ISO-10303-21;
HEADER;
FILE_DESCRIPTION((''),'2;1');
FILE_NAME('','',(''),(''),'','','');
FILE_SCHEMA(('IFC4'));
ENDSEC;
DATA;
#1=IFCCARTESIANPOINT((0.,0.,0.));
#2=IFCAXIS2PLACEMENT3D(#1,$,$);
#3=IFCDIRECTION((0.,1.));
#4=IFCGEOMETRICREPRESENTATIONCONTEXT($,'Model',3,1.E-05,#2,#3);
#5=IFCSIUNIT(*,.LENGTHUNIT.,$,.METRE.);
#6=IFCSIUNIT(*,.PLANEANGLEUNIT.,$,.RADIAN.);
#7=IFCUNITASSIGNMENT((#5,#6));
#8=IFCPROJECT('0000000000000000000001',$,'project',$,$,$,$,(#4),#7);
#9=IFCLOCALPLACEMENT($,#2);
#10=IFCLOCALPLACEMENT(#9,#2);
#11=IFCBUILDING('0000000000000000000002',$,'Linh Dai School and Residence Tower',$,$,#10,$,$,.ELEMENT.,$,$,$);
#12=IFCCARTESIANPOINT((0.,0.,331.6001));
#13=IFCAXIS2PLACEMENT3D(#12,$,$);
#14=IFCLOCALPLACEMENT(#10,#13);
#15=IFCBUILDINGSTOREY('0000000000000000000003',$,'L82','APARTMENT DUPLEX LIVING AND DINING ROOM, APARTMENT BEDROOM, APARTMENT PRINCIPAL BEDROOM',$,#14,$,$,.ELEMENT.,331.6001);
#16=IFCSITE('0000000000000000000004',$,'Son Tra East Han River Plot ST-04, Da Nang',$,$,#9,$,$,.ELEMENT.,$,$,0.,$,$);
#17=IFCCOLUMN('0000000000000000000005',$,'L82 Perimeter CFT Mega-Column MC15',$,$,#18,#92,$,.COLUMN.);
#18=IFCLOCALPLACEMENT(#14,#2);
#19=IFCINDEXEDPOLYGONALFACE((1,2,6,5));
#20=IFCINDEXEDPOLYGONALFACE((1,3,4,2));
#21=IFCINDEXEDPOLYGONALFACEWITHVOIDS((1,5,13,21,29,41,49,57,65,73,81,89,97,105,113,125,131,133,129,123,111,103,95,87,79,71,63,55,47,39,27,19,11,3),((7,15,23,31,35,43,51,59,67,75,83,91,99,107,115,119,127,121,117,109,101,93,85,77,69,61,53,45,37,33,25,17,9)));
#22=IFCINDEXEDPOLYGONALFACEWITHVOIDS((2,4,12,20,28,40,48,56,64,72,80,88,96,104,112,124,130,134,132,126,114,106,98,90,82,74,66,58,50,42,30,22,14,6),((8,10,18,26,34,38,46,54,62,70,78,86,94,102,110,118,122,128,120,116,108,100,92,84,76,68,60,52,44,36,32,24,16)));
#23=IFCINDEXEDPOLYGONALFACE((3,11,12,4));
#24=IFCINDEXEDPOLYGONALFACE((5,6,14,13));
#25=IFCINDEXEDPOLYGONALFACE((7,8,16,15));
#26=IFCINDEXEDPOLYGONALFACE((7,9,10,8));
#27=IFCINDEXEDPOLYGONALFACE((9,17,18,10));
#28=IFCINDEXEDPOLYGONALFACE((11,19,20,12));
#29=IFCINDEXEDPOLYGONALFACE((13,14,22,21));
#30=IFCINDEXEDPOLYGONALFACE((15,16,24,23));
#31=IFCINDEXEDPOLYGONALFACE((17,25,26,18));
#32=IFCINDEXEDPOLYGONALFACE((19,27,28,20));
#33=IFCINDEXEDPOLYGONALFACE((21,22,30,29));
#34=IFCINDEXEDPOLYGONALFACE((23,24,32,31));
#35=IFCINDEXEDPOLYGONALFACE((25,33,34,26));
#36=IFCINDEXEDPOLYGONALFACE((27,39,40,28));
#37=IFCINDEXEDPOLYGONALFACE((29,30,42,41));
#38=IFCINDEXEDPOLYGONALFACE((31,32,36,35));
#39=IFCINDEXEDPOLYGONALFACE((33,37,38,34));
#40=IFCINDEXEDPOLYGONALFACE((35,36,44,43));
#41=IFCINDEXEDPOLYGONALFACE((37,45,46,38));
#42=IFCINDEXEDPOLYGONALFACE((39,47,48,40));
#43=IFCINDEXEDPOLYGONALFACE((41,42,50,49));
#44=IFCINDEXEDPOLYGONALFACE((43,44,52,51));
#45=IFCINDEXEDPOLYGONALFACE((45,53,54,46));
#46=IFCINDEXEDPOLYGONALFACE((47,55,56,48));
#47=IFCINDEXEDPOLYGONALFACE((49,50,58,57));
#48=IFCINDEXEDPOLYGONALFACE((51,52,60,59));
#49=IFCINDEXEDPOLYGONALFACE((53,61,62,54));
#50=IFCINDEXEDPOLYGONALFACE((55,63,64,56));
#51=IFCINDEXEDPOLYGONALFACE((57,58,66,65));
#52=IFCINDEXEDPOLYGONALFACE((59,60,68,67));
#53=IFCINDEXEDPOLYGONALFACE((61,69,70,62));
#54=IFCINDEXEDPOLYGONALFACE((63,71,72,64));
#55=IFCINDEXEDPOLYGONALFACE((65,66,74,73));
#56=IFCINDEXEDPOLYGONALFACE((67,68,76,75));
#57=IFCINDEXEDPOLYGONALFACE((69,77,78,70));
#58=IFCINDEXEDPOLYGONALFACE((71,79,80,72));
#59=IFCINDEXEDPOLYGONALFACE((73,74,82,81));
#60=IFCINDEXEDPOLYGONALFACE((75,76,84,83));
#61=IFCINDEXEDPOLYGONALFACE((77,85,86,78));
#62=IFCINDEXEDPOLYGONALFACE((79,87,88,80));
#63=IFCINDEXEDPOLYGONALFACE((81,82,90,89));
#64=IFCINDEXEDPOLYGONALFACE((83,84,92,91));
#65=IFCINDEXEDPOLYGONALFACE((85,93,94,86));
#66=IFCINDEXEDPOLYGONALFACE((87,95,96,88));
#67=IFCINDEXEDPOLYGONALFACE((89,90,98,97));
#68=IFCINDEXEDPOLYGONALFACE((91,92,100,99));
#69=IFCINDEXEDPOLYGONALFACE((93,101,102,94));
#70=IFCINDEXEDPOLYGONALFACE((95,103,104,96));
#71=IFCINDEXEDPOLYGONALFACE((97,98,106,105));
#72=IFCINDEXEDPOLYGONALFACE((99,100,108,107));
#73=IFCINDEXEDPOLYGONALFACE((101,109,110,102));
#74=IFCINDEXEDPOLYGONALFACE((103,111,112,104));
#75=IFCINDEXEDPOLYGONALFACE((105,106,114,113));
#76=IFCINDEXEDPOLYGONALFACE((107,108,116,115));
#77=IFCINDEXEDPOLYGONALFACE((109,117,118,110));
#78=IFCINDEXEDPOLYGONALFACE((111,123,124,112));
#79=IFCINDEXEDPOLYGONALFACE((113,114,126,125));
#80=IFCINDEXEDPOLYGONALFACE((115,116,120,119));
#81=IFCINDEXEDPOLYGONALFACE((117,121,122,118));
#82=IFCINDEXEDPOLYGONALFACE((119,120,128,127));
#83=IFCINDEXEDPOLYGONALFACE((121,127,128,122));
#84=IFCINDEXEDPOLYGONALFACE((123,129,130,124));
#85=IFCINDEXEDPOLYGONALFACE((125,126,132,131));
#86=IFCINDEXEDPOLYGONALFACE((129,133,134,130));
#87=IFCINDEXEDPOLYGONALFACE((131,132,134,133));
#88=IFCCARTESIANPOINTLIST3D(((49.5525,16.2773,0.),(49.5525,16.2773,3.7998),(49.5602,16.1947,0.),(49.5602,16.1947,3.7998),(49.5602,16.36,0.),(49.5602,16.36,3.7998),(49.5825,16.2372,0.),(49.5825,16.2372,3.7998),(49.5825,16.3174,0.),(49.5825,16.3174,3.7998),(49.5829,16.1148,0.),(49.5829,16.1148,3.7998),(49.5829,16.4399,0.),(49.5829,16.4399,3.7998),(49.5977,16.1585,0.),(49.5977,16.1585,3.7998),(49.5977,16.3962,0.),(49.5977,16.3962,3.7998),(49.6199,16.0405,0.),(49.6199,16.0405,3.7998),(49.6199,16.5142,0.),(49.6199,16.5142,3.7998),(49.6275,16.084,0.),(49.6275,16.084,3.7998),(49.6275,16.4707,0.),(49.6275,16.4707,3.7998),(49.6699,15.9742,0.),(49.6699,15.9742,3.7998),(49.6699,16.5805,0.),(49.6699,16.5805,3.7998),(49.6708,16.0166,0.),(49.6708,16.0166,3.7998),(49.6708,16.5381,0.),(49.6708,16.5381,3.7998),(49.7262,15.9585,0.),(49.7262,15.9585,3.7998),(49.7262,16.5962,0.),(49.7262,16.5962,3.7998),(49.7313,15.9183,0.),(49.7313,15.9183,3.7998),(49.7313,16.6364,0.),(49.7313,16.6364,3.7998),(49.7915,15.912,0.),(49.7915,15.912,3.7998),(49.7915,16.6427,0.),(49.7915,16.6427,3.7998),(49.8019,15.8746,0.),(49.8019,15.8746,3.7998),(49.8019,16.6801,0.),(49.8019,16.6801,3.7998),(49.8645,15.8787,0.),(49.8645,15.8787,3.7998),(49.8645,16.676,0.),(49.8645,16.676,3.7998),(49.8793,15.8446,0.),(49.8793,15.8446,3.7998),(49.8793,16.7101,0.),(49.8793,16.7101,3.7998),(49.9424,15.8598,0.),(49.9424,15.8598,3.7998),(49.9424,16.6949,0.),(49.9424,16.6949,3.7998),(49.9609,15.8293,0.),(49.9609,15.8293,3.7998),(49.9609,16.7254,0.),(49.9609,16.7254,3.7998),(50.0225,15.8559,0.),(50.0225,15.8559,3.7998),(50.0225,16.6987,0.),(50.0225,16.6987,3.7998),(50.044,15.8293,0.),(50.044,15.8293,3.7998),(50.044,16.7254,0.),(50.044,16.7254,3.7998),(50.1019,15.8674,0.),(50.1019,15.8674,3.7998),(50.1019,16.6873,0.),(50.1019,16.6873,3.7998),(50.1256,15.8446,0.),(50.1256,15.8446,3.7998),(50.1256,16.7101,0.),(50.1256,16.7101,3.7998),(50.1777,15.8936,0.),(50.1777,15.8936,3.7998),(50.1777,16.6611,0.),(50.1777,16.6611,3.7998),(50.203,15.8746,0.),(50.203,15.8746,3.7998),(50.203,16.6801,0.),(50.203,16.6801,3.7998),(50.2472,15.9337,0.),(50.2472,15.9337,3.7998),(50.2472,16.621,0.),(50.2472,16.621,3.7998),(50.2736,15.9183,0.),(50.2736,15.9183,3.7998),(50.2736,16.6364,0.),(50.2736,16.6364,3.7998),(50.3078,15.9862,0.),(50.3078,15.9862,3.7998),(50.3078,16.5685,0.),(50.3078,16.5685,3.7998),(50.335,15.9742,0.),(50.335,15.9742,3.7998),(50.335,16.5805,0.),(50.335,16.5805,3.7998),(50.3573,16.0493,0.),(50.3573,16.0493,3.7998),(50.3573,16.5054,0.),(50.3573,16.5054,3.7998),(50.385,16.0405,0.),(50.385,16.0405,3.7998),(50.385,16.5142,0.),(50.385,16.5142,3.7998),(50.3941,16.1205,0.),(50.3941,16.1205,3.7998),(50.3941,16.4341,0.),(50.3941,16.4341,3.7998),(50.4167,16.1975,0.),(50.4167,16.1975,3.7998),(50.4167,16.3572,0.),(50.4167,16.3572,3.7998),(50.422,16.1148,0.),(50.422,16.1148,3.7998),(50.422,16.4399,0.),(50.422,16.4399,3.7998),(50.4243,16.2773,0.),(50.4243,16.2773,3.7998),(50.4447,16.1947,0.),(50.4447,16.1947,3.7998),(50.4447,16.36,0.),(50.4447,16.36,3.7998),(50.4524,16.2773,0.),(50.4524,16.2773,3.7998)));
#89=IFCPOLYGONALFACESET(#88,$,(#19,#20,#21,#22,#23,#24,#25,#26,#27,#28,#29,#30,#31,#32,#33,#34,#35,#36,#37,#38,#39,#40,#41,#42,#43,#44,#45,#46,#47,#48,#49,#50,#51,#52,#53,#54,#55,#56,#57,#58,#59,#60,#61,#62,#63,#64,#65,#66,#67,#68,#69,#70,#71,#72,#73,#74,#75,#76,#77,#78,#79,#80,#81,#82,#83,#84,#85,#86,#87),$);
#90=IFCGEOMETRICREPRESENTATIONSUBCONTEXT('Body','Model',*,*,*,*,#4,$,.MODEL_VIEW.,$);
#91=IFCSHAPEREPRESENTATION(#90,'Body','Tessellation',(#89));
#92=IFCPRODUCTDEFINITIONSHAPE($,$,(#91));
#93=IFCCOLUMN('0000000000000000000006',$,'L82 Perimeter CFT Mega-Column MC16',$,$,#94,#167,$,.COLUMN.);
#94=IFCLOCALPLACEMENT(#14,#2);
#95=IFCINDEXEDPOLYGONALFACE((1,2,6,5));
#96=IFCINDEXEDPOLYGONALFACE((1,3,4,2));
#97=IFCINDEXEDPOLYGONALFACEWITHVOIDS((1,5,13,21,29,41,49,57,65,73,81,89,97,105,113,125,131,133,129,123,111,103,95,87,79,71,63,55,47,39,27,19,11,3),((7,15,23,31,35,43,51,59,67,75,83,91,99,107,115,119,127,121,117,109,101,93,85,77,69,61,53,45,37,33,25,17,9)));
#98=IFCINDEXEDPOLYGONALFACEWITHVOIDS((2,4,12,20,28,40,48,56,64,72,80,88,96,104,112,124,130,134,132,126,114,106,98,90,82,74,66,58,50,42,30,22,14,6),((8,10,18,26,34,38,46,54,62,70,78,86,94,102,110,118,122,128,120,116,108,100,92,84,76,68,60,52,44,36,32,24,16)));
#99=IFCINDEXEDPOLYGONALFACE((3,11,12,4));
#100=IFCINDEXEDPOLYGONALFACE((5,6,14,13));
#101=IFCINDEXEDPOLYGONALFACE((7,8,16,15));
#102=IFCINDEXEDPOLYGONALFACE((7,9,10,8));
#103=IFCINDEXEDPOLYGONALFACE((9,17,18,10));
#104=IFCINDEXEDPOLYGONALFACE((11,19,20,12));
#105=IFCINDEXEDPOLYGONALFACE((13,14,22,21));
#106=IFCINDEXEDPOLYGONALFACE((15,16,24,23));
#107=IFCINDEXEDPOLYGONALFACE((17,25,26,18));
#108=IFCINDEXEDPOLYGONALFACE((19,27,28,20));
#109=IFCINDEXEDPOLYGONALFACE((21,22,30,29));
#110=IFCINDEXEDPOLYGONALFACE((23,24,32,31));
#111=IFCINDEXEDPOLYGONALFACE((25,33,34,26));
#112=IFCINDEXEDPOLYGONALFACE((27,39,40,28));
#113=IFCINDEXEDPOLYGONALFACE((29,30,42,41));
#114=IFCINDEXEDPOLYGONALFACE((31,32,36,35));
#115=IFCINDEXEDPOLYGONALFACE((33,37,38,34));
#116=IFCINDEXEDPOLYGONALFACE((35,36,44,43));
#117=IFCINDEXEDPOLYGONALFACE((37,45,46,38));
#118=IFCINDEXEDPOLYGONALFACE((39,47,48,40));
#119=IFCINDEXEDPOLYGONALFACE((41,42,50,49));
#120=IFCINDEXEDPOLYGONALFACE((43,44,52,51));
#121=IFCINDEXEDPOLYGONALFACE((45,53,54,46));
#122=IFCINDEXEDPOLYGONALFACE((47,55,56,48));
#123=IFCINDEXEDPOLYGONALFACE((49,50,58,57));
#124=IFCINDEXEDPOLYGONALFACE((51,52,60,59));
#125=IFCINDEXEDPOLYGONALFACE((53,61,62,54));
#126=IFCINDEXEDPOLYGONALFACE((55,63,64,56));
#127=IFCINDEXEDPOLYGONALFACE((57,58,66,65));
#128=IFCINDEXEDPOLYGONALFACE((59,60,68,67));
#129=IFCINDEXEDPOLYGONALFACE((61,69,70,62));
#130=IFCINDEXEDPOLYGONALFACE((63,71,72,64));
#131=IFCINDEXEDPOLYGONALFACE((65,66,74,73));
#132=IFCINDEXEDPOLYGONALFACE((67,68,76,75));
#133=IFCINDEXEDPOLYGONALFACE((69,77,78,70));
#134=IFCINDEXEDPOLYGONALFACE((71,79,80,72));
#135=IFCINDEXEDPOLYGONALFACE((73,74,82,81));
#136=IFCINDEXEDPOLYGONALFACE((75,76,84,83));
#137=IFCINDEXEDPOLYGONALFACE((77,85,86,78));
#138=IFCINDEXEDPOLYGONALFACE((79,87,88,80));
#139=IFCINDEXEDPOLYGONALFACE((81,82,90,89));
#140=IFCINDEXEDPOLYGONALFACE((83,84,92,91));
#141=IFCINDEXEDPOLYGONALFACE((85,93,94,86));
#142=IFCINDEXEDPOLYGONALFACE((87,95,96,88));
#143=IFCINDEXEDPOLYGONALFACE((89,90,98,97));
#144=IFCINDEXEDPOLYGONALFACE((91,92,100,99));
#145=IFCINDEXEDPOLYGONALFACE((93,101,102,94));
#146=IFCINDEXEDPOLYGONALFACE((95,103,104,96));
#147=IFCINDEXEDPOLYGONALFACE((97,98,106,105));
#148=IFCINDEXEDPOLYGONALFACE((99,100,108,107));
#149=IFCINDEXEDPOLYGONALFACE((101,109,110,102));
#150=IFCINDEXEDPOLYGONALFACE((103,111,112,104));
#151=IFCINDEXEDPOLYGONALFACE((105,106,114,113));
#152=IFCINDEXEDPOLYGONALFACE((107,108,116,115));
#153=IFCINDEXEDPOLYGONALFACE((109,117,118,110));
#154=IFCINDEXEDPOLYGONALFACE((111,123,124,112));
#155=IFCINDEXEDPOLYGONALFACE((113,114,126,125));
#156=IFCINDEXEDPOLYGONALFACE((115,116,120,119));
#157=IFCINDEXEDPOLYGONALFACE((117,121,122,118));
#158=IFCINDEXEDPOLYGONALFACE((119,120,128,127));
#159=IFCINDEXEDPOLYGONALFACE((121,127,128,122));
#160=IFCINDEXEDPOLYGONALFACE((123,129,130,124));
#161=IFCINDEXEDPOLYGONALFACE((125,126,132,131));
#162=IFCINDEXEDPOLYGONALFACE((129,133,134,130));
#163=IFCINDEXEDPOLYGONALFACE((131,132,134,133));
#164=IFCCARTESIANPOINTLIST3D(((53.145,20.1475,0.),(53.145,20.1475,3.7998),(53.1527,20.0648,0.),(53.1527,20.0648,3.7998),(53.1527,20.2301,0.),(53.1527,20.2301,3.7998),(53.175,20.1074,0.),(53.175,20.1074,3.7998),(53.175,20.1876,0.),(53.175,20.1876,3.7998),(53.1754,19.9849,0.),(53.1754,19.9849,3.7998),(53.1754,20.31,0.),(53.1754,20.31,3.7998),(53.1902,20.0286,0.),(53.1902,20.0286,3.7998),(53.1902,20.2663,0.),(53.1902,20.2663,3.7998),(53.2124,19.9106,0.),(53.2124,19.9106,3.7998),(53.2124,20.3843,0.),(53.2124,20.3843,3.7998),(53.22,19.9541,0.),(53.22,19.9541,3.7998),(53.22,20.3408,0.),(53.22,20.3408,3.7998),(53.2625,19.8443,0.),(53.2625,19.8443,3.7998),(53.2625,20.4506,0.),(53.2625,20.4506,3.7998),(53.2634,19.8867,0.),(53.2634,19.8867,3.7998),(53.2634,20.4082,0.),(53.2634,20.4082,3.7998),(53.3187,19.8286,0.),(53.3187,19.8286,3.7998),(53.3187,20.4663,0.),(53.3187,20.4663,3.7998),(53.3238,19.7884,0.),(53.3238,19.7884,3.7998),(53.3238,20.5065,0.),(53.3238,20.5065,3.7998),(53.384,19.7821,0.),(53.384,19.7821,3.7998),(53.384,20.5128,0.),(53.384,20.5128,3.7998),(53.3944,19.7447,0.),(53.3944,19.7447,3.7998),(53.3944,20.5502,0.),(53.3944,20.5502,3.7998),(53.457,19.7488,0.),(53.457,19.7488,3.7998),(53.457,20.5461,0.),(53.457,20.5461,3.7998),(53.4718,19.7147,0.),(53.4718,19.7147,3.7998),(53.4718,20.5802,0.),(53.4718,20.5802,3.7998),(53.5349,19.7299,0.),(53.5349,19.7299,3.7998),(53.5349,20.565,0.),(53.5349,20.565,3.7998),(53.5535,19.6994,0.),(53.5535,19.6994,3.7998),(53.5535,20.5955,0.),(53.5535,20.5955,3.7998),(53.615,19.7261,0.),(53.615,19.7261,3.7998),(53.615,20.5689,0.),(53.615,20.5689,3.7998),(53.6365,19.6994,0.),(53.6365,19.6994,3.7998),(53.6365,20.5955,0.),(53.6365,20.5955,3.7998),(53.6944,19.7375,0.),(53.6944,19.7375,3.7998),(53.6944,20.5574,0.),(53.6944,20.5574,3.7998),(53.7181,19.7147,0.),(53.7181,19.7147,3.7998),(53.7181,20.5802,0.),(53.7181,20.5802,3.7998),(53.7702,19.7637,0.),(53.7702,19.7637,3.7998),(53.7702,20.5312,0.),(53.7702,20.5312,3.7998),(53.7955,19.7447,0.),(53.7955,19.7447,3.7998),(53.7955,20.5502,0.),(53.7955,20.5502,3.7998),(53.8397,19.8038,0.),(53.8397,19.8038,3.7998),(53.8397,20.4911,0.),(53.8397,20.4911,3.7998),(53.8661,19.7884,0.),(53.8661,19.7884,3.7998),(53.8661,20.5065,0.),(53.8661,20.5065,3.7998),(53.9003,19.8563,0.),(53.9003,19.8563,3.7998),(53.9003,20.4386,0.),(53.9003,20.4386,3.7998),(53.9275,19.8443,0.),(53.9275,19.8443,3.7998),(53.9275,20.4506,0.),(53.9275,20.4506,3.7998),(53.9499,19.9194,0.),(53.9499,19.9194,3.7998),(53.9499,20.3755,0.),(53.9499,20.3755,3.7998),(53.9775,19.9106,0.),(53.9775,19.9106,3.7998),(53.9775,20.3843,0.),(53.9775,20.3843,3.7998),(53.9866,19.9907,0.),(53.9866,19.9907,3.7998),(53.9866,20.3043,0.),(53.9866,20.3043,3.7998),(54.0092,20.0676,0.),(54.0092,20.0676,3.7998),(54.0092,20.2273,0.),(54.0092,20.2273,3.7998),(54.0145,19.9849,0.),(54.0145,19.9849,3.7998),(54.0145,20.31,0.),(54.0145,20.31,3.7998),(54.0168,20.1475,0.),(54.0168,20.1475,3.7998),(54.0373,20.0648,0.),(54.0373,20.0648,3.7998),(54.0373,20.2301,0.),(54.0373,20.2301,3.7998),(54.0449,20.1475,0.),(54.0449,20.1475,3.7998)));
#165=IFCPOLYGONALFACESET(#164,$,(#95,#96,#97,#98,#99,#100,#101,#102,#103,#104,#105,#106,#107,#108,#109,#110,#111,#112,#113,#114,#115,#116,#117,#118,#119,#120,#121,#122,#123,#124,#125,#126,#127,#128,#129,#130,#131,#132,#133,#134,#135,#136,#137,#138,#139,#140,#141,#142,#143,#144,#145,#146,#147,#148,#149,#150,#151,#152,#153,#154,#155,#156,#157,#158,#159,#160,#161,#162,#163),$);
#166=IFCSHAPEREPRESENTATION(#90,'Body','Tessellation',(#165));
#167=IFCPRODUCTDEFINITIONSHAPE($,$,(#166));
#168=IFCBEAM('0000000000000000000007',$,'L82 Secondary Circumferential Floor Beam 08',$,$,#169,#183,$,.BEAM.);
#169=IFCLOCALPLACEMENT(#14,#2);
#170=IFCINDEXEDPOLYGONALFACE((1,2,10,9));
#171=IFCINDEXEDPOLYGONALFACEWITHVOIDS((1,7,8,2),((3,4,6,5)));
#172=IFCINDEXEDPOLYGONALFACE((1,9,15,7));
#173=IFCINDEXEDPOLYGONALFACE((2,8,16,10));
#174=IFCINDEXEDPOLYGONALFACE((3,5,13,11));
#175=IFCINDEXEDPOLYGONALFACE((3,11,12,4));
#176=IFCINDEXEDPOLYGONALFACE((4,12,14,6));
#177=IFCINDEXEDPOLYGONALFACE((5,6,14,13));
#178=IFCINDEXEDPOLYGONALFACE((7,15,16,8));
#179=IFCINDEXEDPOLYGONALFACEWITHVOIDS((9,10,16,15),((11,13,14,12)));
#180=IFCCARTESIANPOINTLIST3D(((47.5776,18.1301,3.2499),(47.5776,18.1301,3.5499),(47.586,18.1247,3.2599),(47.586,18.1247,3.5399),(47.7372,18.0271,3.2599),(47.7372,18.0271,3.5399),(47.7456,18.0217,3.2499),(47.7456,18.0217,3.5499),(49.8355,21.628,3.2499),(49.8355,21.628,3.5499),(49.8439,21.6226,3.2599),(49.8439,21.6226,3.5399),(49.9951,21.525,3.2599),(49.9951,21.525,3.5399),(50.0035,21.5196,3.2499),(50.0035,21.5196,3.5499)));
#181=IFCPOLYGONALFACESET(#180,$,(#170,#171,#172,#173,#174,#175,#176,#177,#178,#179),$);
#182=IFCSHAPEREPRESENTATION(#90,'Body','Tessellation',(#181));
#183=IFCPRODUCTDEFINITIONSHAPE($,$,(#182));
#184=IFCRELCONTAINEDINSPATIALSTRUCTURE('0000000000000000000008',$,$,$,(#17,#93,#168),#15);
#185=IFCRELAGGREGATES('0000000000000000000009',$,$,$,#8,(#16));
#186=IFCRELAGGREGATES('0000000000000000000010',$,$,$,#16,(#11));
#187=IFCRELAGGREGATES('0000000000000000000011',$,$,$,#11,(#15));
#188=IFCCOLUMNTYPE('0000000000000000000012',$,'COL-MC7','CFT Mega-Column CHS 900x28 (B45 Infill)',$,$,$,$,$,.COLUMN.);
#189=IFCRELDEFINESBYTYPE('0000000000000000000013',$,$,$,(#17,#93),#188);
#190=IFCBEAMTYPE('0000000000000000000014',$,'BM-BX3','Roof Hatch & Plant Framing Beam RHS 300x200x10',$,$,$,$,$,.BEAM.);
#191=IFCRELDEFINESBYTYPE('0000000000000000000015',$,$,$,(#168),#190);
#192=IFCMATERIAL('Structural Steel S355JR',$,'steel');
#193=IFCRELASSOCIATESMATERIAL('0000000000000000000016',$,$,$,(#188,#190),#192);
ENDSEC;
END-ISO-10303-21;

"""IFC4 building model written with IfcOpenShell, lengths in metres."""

from ifc_helpers import new_model, si_unit, direction, frame, origin, origin_2d, place, context, subcontext, project, spatial, hollow_rectangle, hollow_circle, extrude, material, material_profile, profile_set, type_object, element, save


model = new_model("IFC4")

# Units and contexts
model_context = context("Model", 3, precision=1e-05, world=origin(), true_north=direction((0.0, 1.0)))
body_context = subcontext(model_context, "Body", "Model", "MODEL_VIEW")
ifc_project = project(units=[si_unit("LENGTHUNIT", "METRE"), si_unit("PLANEANGLEUNIT", "RADIAN")], contexts=[model_context])

# Site, building, storey
site_placement = place(None, origin())
site = spatial("IfcSite", under=ifc_project, at=site_placement, Name="Son Tra East Han River Plot ST-04, Da Nang", CompositionType="ELEMENT", RefElevation=0.0)
building_placement = place(site_placement, origin())
building = spatial("IfcBuilding", under=site, at=building_placement, Name="Linh Dai School and Residence Tower", CompositionType="ELEMENT")
storey_placement = place(building_placement, frame((0.0, 0.0, 331.6001)))
storey = spatial("IfcBuildingStorey", under=building, at=storey_placement, Name="L82", Description="APARTMENT DUPLEX LIVING AND DINING ROOM, APARTMENT BEDROOM, APARTMENT PRINCIPAL BEDROOM", CompositionType="ELEMENT", Elevation=331.6001)

# Columns
ifc_material_1 = material(Name="Structural Steel S355JR", Category="steel")
ifc_material_profile_1 = material_profile(ifc_material_1, hollow_circle(Radius=0.45, WallThickness=0.0281, at=origin_2d()), Name="CHS 900x28")
ifc_profile_set_1 = profile_set([ifc_material_profile_1], Name="Structural Steel S355JR")
column_type = type_object("IfcColumnType", Name="COL-MC7", Description="CFT Mega-Column CHS 900x28 (B45 Infill)", PredefinedType="COLUMN", material=ifc_profile_set_1)
for number, where, z_axis, x_axis, name in (
    (1, (50.0024, 16.2773, 0.0), (0.0, 0.0, 1.0), (1.0, 0.0, 0.0), "L82 Perimeter CFT Mega-Column MC15"),
    (2, (53.595, 20.1475, 0.0), (0.0, 0.0, 1.0), (1.0, 0.0, 0.0), "L82 Perimeter CFT Mega-Column MC16"),
):
    element("IfcColumn", number, at=place(storey_placement, frame(where, z_axis=z_axis, x_axis=x_axis)), inside=storey, type_object=column_type, Name=name, PredefinedType="COLUMN", context=body_context, shape_type="SweptSolid", body=[
        extrude(hollow_circle(Radius=0.45, WallThickness=0.0281, at=origin_2d()), origin(), (0.0, 0.0, 1.0), 3.7998),
    ])

# Beam
ifc_material_profile_2 = material_profile(ifc_material_1, hollow_rectangle(XDim=0.2, YDim=0.3, WallThickness=0.01, at=origin_2d()), Name="RHS 300x200x10")
ifc_profile_set_2 = profile_set([ifc_material_profile_2], Name="Structural Steel S355JR")
beam_type_1 = type_object("IfcBeamType", Name="BM-BX3", Description="Roof Hatch & Plant Framing Beam RHS 300x200x10", PredefinedType="BEAM", material=ifc_profile_set_2)
beam_1_placement = place(storey_placement, frame((47.6616, 18.0759, 3.3999), z_axis=(0.542325, 0.840169, 0.0), x_axis=(-0.840169, 0.542325, 0.0)))
element("IfcBeam", 3, at=beam_1_placement, inside=storey, type_object=beam_type_1, Name="L82 Secondary Circumferential Floor Beam 08", PredefinedType="BEAM", context=body_context, shape_type="SweptSolid", body=[
    extrude(hollow_rectangle(XDim=0.2, YDim=0.3, WallThickness=0.01, at=origin_2d()), origin(), (0.0, 0.0, 1.0), 4.1633),
])

save(model, "model.ifc")
